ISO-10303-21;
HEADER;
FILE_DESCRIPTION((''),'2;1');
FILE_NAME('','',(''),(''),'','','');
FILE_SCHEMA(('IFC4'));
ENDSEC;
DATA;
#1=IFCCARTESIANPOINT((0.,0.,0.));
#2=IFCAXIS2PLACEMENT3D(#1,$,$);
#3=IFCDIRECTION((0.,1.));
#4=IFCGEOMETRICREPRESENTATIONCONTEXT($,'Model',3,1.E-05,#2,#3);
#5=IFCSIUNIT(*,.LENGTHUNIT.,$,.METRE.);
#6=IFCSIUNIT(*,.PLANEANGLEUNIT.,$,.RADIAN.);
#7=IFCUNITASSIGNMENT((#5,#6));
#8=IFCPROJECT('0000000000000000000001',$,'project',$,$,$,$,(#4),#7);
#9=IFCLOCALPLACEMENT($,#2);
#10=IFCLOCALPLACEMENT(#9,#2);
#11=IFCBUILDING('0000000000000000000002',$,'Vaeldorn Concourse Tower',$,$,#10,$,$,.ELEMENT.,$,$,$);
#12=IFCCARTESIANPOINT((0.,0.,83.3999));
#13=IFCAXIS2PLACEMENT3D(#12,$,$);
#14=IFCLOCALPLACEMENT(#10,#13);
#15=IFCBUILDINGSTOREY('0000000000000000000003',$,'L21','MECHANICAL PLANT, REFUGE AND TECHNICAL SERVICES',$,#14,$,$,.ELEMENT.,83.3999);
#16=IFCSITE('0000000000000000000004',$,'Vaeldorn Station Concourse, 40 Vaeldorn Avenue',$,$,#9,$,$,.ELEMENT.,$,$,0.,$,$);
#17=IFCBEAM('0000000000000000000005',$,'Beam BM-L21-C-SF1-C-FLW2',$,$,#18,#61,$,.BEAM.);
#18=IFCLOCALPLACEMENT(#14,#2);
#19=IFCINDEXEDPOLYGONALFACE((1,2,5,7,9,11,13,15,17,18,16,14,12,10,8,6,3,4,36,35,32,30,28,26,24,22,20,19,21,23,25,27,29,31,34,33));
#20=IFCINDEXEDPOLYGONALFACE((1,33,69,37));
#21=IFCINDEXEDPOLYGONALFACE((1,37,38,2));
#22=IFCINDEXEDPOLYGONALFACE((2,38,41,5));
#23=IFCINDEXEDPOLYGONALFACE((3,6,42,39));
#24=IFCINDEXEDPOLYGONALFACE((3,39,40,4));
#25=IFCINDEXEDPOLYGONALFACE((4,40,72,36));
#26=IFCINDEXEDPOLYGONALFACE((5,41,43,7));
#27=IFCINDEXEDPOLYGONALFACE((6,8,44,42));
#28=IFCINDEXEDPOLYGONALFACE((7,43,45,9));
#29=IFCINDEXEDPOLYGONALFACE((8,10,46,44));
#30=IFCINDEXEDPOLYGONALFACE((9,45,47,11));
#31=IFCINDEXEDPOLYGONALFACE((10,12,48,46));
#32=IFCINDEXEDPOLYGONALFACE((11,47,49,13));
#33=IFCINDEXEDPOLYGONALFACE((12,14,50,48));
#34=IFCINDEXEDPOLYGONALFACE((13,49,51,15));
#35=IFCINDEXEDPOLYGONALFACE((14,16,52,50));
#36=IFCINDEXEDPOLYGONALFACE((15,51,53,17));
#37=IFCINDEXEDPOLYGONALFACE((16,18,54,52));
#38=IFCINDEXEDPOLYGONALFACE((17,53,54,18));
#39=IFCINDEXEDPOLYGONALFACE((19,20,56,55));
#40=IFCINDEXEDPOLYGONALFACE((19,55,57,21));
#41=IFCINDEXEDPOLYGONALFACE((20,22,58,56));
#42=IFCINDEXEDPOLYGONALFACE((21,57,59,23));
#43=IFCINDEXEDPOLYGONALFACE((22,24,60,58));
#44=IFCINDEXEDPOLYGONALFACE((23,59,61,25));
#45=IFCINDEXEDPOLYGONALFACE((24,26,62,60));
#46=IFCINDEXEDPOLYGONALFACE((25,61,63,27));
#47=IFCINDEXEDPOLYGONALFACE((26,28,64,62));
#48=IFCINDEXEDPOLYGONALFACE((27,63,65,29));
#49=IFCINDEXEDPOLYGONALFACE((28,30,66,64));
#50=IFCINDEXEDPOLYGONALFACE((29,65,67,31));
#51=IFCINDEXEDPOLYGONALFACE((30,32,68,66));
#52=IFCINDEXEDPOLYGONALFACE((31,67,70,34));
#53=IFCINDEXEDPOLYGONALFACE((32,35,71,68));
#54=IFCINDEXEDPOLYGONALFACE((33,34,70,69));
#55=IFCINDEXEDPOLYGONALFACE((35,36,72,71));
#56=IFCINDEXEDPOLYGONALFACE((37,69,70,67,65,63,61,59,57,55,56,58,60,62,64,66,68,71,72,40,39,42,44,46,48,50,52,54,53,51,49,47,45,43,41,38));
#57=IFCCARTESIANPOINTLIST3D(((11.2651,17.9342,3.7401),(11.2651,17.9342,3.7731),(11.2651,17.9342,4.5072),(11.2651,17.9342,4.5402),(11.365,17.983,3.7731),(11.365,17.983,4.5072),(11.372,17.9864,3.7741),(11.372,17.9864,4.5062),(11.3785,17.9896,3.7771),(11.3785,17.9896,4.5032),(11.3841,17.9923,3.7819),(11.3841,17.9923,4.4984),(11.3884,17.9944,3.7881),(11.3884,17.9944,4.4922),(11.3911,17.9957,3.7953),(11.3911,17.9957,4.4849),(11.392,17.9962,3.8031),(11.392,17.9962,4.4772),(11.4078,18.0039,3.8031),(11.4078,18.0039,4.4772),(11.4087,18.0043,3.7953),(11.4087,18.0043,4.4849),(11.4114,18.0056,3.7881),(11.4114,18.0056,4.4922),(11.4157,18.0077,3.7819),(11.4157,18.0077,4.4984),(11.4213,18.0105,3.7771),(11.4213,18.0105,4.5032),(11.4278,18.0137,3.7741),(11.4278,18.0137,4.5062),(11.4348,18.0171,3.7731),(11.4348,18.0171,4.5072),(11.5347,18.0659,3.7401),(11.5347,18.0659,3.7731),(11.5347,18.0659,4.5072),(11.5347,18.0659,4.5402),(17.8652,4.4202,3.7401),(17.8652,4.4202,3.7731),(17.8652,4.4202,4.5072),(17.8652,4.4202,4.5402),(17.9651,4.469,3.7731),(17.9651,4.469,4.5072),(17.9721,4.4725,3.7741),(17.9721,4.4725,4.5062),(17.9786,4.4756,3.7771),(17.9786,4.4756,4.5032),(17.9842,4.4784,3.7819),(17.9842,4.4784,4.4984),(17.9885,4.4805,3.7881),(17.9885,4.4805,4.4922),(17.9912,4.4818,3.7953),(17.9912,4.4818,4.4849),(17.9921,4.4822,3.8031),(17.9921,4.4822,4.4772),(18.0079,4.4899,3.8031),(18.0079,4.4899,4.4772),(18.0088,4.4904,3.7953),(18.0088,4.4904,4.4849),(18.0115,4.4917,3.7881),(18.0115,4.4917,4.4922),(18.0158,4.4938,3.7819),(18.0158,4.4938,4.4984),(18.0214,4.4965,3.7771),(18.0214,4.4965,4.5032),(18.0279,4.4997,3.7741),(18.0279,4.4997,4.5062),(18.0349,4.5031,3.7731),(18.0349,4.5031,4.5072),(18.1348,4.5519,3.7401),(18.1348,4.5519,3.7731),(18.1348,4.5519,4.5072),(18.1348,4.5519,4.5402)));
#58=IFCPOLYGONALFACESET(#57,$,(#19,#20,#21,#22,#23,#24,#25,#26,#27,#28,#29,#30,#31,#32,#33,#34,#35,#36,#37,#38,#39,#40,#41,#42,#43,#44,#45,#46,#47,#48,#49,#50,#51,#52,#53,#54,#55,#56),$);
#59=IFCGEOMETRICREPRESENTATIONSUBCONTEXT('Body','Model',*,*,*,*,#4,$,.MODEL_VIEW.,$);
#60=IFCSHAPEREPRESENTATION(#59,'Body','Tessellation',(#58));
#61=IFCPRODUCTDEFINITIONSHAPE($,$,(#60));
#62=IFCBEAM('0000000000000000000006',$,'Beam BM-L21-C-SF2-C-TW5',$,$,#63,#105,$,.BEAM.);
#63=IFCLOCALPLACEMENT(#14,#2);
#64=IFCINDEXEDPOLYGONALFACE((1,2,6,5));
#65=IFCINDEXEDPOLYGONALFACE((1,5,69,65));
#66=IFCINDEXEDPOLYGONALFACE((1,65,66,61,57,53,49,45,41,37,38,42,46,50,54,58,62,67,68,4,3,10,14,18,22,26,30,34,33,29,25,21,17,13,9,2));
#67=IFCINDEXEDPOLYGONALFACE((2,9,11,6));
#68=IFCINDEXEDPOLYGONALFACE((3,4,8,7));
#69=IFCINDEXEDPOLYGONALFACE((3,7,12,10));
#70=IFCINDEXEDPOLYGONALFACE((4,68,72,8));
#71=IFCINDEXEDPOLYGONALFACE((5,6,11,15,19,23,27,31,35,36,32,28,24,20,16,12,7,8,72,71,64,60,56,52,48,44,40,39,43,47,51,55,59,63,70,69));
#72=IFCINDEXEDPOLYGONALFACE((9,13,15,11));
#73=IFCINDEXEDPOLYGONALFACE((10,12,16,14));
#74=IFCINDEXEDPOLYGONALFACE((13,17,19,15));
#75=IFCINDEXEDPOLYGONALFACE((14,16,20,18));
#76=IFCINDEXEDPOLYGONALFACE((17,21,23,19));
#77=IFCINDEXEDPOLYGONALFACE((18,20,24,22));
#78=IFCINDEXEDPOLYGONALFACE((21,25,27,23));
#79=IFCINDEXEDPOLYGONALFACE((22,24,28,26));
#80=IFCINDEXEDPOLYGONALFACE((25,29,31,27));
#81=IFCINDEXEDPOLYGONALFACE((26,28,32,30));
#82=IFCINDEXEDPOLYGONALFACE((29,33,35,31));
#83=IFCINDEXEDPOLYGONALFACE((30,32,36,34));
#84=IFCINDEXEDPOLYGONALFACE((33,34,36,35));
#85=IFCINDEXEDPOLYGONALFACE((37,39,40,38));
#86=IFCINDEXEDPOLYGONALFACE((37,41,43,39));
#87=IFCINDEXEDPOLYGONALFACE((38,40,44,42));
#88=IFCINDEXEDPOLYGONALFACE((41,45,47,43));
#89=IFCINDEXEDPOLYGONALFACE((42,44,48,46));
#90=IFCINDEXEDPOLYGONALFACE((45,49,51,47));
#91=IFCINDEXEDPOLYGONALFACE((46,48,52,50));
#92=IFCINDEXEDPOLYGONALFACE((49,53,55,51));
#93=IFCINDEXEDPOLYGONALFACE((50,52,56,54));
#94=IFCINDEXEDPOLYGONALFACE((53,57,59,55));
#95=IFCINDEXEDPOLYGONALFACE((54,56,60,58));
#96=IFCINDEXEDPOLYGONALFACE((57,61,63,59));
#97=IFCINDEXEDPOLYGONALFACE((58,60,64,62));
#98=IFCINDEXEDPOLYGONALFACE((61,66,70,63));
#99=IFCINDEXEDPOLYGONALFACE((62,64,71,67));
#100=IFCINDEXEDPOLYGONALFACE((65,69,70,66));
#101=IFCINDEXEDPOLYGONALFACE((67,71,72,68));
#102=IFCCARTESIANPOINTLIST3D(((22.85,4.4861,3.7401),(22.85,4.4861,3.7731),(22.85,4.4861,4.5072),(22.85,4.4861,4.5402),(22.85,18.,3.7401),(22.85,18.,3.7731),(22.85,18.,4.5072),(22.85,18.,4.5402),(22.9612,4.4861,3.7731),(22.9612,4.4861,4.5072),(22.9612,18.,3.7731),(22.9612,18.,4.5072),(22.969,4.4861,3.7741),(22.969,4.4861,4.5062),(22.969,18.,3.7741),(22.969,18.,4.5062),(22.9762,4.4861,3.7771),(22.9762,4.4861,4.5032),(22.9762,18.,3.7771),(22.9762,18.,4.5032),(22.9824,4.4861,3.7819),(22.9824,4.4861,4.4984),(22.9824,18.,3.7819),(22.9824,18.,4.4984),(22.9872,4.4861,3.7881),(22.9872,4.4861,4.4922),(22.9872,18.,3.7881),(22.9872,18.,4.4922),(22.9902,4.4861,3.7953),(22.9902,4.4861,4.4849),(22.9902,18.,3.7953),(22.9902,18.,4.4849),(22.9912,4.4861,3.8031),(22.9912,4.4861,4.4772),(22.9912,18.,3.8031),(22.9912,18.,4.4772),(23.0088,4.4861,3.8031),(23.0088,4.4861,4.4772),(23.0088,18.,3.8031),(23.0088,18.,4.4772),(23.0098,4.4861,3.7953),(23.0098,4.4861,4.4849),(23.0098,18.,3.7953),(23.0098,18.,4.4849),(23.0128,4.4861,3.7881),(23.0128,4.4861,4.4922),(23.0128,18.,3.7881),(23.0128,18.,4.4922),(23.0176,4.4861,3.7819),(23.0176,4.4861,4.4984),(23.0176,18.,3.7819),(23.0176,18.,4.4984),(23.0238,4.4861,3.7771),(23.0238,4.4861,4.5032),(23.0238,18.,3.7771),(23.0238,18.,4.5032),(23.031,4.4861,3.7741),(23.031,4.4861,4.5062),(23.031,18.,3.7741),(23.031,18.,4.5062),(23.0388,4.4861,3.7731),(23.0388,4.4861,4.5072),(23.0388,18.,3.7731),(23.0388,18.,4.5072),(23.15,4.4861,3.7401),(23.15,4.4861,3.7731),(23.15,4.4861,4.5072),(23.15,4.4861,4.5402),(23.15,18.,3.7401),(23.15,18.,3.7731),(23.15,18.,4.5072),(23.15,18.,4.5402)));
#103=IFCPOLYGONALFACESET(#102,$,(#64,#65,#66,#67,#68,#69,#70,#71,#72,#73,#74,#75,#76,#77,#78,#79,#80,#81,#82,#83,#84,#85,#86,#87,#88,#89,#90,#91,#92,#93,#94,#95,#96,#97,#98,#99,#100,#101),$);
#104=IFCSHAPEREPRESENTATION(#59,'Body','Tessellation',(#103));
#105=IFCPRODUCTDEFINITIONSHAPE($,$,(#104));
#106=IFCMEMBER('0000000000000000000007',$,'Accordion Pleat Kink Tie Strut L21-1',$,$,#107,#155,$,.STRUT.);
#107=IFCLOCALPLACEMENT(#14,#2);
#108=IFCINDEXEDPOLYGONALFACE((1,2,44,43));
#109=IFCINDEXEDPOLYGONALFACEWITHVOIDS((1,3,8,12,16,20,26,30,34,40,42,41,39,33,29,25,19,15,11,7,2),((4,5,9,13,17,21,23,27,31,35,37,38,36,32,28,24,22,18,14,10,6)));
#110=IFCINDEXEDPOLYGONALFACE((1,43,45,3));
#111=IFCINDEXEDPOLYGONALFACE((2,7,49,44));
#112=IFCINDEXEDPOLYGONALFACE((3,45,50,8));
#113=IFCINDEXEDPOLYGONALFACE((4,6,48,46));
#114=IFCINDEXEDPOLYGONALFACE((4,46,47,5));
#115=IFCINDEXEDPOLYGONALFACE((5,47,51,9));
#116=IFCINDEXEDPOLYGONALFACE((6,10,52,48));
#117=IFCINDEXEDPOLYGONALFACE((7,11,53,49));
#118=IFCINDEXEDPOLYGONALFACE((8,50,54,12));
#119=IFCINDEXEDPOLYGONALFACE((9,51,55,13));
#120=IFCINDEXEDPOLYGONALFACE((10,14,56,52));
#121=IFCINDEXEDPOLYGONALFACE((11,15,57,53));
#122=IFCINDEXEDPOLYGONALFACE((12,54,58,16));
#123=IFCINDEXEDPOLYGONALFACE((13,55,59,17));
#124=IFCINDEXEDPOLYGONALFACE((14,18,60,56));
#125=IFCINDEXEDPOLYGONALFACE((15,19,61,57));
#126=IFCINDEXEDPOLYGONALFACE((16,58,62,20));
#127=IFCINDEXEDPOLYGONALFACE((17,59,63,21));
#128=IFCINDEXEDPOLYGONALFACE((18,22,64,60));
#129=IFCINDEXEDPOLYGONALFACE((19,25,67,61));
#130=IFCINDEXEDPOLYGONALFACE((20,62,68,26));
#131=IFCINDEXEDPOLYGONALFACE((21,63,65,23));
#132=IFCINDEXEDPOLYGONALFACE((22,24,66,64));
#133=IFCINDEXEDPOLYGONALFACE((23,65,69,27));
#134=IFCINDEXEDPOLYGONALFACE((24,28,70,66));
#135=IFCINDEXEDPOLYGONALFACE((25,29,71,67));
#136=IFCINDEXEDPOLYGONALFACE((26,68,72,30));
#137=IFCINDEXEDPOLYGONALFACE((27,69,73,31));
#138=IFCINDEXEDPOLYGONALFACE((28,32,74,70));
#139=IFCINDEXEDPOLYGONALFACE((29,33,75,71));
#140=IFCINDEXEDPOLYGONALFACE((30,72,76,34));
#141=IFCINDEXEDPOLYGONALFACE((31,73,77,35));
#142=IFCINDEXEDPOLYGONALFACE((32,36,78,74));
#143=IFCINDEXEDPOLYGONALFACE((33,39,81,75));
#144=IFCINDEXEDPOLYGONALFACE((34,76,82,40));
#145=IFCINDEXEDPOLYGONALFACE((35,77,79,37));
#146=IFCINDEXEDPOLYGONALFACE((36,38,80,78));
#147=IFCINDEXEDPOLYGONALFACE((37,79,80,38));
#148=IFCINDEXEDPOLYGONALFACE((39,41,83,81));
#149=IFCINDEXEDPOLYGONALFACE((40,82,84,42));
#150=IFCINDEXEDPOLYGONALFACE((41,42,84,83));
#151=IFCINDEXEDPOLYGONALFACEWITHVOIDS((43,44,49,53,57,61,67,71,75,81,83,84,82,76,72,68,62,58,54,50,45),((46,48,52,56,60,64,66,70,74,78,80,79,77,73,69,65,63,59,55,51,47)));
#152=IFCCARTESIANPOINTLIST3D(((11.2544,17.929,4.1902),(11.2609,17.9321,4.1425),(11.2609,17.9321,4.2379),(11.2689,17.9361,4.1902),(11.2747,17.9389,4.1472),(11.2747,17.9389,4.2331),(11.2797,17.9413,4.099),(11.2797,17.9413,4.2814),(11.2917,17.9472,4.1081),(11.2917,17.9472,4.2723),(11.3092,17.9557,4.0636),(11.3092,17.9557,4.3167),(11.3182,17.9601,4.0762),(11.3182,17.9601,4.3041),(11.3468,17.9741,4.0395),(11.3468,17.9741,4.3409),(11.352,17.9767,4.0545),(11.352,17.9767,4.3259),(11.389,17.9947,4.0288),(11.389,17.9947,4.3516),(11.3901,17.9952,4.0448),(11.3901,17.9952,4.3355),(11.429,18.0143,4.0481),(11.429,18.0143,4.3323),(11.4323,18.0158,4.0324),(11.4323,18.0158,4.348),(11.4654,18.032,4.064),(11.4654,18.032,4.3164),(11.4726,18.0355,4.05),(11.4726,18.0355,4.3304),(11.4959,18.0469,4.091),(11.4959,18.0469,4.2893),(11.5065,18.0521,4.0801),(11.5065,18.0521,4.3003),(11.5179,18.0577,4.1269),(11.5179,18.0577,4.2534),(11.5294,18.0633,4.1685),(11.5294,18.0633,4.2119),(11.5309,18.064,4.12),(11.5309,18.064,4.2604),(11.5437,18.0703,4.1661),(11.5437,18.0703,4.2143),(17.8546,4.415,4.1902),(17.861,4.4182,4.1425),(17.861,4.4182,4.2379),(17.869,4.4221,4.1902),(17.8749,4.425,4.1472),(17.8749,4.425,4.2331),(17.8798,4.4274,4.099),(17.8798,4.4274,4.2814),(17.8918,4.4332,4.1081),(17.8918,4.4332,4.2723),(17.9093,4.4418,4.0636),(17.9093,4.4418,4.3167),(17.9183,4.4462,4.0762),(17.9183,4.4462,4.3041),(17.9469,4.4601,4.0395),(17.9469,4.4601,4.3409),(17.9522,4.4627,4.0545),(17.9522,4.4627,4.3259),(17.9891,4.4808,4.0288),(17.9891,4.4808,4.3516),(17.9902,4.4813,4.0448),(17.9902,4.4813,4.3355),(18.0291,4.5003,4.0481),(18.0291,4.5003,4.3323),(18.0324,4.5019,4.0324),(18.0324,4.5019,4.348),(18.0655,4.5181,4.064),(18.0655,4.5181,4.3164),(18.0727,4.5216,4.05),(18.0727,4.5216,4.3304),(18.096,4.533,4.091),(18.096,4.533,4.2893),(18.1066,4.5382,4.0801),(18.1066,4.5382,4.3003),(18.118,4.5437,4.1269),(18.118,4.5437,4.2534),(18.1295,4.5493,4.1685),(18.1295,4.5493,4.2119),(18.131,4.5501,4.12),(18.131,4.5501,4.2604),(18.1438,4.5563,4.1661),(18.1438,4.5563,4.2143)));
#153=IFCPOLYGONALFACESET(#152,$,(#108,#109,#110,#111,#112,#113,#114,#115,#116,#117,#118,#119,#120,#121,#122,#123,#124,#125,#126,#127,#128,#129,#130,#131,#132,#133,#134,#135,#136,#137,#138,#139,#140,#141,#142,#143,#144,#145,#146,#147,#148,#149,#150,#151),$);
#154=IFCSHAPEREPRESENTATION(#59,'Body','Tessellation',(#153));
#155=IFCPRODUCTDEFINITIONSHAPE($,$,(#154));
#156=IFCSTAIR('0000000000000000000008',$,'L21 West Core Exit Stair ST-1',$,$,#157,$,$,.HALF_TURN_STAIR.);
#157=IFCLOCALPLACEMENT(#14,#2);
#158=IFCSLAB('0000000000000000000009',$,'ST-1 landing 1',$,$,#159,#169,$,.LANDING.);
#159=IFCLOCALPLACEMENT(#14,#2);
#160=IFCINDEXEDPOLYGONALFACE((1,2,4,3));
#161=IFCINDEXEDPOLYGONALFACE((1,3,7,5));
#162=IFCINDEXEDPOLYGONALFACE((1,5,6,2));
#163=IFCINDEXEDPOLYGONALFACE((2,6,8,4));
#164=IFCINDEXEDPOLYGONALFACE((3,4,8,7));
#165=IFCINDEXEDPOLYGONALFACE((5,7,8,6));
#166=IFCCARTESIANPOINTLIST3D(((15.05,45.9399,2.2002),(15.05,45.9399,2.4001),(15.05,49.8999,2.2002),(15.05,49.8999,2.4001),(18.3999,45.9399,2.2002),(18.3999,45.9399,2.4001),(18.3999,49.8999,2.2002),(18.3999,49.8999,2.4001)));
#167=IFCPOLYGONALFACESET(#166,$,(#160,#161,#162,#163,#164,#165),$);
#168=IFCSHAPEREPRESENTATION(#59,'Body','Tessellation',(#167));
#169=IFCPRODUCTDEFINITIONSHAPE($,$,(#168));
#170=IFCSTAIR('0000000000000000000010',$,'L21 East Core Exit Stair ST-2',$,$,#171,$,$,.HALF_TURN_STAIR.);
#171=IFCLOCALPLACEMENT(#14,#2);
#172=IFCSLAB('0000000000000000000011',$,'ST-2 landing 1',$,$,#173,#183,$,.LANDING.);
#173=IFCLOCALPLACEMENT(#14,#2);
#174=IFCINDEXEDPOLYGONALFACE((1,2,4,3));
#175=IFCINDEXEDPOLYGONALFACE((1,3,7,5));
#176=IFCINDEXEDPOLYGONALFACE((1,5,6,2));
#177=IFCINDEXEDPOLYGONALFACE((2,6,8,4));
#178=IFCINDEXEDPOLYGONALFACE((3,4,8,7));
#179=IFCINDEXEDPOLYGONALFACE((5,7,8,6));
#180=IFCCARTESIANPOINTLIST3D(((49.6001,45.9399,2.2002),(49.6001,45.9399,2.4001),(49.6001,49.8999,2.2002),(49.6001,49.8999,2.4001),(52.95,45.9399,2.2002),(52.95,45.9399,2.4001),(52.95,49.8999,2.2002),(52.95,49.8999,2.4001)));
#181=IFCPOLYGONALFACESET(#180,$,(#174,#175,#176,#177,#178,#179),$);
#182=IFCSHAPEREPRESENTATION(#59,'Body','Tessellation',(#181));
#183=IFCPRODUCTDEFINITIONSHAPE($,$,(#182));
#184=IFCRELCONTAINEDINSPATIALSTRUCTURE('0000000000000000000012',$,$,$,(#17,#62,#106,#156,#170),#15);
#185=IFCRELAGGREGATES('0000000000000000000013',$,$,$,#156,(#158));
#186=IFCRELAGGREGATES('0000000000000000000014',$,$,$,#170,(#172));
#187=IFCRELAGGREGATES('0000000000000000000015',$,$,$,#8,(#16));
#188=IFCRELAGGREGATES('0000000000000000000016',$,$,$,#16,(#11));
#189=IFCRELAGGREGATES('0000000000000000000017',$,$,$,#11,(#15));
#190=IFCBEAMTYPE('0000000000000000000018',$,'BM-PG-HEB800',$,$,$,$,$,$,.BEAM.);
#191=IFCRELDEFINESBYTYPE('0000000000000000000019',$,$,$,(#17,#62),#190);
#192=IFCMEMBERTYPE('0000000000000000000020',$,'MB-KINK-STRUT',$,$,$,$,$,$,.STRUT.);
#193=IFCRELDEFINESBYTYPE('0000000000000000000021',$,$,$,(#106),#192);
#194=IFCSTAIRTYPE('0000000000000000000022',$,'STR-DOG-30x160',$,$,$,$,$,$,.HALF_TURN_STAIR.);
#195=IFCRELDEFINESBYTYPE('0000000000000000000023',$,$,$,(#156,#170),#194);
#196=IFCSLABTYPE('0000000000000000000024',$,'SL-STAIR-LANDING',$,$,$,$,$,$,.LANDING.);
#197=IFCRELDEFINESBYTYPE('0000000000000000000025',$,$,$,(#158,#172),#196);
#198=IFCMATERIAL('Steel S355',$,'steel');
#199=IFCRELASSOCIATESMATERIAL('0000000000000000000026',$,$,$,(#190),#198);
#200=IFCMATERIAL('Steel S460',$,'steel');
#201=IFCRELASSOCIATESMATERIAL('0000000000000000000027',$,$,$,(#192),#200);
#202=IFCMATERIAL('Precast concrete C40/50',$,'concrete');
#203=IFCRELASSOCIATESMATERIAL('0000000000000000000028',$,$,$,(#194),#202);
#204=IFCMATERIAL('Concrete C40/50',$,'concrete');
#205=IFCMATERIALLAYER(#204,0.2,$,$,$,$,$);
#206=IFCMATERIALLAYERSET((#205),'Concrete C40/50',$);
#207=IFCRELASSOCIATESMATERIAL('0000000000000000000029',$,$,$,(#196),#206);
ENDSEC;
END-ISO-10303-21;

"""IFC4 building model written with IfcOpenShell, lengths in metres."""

from ifc_helpers import new_model, si_unit, direction, frame, origin, origin_2d, place, context, subcontext, project, spatial, polyline, hollow_circle, i_section, outline, extrude, source, transform, mapped, material, layer, layer_set, material_profile, profile_set, type_object, element, aggregate, save


model = new_model("IFC4")

# Units and contexts
model_context = context("Model", 3, precision=1e-05, world=origin(), true_north=direction((0.0, 1.0)))
body_context = subcontext(model_context, "Body", "Model", "MODEL_VIEW")
ifc_project = project(units=[si_unit("LENGTHUNIT", "METRE"), si_unit("PLANEANGLEUNIT", "RADIAN")], contexts=[model_context])

# Site, building, storey
site_placement = place(None, origin())
site = spatial("IfcSite", under=ifc_project, at=site_placement, Name="Vaeldorn Station Concourse, 40 Vaeldorn Avenue", CompositionType="ELEMENT", RefElevation=0.0)
building_placement = place(site_placement, origin())
building = spatial("IfcBuilding", under=site, at=building_placement, Name="Vaeldorn Concourse Tower", CompositionType="ELEMENT")
storey_placement = place(building_placement, frame((0.0, 0.0, 83.3999)))
storey = spatial("IfcBuildingStorey", under=building, at=storey_placement, Name="L21", Description="MECHANICAL PLANT, REFUGE AND TECHNICAL SERVICES", CompositionType="ELEMENT", Elevation=83.3999)

# Shared definitions
ifc_material_1 = material(Name="Steel S460", Category="steel")

# Beams
ifc_material_2 = material(Name="Steel S355", Category="steel")
ifc_material_profile_1 = material_profile(ifc_material_2, i_section(OverallWidth=0.3, OverallDepth=0.8, WebThickness=0.0176, FlangeThickness=0.033, FilletRadius=0.03, at=origin_2d()), Name="HEB 800")
ifc_profile_set_1 = profile_set([ifc_material_profile_1], Name="Steel S355")
beam_type_1 = type_object("IfcBeamType", Name="BM-PG-HEB800", PredefinedType="BEAM", material=ifc_profile_set_1)
shared_shape_1 = source(origin(), body_context, "Body", "SweptSolid", [
    extrude(i_section(OverallWidth=0.3, OverallDepth=0.8, WebThickness=0.0176, FlangeThickness=0.033, FilletRadius=0.03, at=origin_2d()), origin(), (0.0, 0.0, 1.0), 15.0396),
])
beam_1_placement = place(storey_placement, frame((18.0, 4.4861, 4.1401), z_axis=(-0.43885, 0.89856, 0.0), x_axis=(-0.89856, -0.43885, 0.0)))
element("IfcBeam", 1, at=beam_1_placement, inside=storey, type_object=beam_type_1, Name="Beam BM-L21-C-SF1-C-FLW2", PredefinedType="BEAM", context=body_context, shape_type="MappedRepresentation", body=[
    mapped(shared_shape_1, transform((0.0, 0.0, 0.0), scale=1.0)),
])
shared_shape_2 = source(origin(), body_context, "Body", "SweptSolid", [
    extrude(i_section(OverallWidth=0.3, OverallDepth=0.8, WebThickness=0.0176, FlangeThickness=0.033, FilletRadius=0.03, at=origin_2d()), origin(), (0.0, 0.0, 1.0), 13.5139),
])
beam_2_placement = place(storey_placement, frame((23.0, 4.4861, 4.1401), z_axis=(0.0, 1.0, 0.0), x_axis=(-1.0, 0.0, 0.0)))
element("IfcBeam", 2, at=beam_2_placement, inside=storey, type_object=beam_type_1, Name="Beam BM-L21-C-SF2-C-TW5", PredefinedType="BEAM", context=body_context, shape_type="MappedRepresentation", body=[
    mapped(shared_shape_2, transform((0.0, 0.0, 0.0), scale=1.0)),
])

# Member
ifc_material_profile_2 = material_profile(ifc_material_1, hollow_circle(Radius=0.1619, WallThickness=0.0161, at=origin_2d()), Name="CHS 323.9x16")
ifc_profile_set_2 = profile_set([ifc_material_profile_2], Name="Steel S460")
member_type = type_object("IfcMemberType", Name="MB-KINK-STRUT", PredefinedType="STRUT", material=ifc_profile_set_2)
shared_shape_3 = source(origin(), body_context, "Body", "SweptSolid", [
    extrude(hollow_circle(Radius=0.1619, WallThickness=0.0161, at=origin_2d()), origin(), (0.0, 0.0, 1.0), 15.0396),
])
member_placement = place(storey_placement, frame((18.0, 4.4861, 4.1902), z_axis=(-0.43885, 0.89856, 0.0), x_axis=(-0.89856, -0.43885, 0.0)))
element("IfcMember", 3, at=member_placement, inside=storey, type_object=member_type, Name="Accordion Pleat Kink Tie Strut L21-1", PredefinedType="STRUT", context=body_context, shape_type="MappedRepresentation", body=[
    mapped(shared_shape_3, transform((0.0, 0.0, 0.0), scale=1.0)),
])

# Stairs, slabs
ifc_material_3 = material(Name="Precast concrete C40/50", Category="concrete")
stair_type = type_object("IfcStairType", Name="STR-DOG-30x160", PredefinedType="HALF_TURN_STAIR", material=ifc_material_3)
stair_1_placement = place(storey_placement, origin())
stair_1 = element("IfcStair", 4, at=stair_1_placement, inside=storey, type_object=stair_type, Name="L21 West Core Exit Stair ST-1", PredefinedType="HALF_TURN_STAIR")
ifc_material_4 = material(Name="Concrete C40/50", Category="concrete")
ifc_layer_1 = layer(ifc_material_4, 0.2)
ifc_layer_set_1 = layer_set([ifc_layer_1], Name="Concrete C40/50")
slab_type_1 = type_object("IfcSlabType", Name="SL-STAIR-LANDING", PredefinedType="LANDING", material=ifc_layer_set_1)
slab_1_placement = place(storey_placement, frame((0.0, 0.0, 2.2002)))
slab_1 = element("IfcSlab", 5, at=slab_1_placement, type_object=slab_type_1, Name="ST-1 landing 1", PredefinedType="LANDING", context=body_context, shape_type="SweptSolid", body=[
    extrude(outline(polyline([(18.3999, 45.9399), (18.3999, 49.8999), (15.05, 49.8999), (15.05, 45.9399), (18.3999, 45.9399)])), origin(), (0.0, 0.0, 1.0), 0.2),
])
aggregate(stair_1, [slab_1])
stair_2_placement = place(storey_placement, origin())
stair_2 = element("IfcStair", 6, at=stair_2_placement, inside=storey, type_object=stair_type, Name="L21 East Core Exit Stair ST-2", PredefinedType="HALF_TURN_STAIR")
slab_2_placement = place(storey_placement, frame((0.0, 0.0, 2.2002)))
slab_2 = element("IfcSlab", 7, at=slab_2_placement, type_object=slab_type_1, Name="ST-2 landing 1", PredefinedType="LANDING", context=body_context, shape_type="SweptSolid", body=[
    extrude(outline(polyline([(52.95, 45.9399), (52.95, 49.8999), (49.6001, 49.8999), (49.6001, 45.9399), (52.95, 45.9399)])), origin(), (0.0, 0.0, 1.0), 0.2),
])
aggregate(stair_2, [slab_2])

save(model, "model.ifc")
